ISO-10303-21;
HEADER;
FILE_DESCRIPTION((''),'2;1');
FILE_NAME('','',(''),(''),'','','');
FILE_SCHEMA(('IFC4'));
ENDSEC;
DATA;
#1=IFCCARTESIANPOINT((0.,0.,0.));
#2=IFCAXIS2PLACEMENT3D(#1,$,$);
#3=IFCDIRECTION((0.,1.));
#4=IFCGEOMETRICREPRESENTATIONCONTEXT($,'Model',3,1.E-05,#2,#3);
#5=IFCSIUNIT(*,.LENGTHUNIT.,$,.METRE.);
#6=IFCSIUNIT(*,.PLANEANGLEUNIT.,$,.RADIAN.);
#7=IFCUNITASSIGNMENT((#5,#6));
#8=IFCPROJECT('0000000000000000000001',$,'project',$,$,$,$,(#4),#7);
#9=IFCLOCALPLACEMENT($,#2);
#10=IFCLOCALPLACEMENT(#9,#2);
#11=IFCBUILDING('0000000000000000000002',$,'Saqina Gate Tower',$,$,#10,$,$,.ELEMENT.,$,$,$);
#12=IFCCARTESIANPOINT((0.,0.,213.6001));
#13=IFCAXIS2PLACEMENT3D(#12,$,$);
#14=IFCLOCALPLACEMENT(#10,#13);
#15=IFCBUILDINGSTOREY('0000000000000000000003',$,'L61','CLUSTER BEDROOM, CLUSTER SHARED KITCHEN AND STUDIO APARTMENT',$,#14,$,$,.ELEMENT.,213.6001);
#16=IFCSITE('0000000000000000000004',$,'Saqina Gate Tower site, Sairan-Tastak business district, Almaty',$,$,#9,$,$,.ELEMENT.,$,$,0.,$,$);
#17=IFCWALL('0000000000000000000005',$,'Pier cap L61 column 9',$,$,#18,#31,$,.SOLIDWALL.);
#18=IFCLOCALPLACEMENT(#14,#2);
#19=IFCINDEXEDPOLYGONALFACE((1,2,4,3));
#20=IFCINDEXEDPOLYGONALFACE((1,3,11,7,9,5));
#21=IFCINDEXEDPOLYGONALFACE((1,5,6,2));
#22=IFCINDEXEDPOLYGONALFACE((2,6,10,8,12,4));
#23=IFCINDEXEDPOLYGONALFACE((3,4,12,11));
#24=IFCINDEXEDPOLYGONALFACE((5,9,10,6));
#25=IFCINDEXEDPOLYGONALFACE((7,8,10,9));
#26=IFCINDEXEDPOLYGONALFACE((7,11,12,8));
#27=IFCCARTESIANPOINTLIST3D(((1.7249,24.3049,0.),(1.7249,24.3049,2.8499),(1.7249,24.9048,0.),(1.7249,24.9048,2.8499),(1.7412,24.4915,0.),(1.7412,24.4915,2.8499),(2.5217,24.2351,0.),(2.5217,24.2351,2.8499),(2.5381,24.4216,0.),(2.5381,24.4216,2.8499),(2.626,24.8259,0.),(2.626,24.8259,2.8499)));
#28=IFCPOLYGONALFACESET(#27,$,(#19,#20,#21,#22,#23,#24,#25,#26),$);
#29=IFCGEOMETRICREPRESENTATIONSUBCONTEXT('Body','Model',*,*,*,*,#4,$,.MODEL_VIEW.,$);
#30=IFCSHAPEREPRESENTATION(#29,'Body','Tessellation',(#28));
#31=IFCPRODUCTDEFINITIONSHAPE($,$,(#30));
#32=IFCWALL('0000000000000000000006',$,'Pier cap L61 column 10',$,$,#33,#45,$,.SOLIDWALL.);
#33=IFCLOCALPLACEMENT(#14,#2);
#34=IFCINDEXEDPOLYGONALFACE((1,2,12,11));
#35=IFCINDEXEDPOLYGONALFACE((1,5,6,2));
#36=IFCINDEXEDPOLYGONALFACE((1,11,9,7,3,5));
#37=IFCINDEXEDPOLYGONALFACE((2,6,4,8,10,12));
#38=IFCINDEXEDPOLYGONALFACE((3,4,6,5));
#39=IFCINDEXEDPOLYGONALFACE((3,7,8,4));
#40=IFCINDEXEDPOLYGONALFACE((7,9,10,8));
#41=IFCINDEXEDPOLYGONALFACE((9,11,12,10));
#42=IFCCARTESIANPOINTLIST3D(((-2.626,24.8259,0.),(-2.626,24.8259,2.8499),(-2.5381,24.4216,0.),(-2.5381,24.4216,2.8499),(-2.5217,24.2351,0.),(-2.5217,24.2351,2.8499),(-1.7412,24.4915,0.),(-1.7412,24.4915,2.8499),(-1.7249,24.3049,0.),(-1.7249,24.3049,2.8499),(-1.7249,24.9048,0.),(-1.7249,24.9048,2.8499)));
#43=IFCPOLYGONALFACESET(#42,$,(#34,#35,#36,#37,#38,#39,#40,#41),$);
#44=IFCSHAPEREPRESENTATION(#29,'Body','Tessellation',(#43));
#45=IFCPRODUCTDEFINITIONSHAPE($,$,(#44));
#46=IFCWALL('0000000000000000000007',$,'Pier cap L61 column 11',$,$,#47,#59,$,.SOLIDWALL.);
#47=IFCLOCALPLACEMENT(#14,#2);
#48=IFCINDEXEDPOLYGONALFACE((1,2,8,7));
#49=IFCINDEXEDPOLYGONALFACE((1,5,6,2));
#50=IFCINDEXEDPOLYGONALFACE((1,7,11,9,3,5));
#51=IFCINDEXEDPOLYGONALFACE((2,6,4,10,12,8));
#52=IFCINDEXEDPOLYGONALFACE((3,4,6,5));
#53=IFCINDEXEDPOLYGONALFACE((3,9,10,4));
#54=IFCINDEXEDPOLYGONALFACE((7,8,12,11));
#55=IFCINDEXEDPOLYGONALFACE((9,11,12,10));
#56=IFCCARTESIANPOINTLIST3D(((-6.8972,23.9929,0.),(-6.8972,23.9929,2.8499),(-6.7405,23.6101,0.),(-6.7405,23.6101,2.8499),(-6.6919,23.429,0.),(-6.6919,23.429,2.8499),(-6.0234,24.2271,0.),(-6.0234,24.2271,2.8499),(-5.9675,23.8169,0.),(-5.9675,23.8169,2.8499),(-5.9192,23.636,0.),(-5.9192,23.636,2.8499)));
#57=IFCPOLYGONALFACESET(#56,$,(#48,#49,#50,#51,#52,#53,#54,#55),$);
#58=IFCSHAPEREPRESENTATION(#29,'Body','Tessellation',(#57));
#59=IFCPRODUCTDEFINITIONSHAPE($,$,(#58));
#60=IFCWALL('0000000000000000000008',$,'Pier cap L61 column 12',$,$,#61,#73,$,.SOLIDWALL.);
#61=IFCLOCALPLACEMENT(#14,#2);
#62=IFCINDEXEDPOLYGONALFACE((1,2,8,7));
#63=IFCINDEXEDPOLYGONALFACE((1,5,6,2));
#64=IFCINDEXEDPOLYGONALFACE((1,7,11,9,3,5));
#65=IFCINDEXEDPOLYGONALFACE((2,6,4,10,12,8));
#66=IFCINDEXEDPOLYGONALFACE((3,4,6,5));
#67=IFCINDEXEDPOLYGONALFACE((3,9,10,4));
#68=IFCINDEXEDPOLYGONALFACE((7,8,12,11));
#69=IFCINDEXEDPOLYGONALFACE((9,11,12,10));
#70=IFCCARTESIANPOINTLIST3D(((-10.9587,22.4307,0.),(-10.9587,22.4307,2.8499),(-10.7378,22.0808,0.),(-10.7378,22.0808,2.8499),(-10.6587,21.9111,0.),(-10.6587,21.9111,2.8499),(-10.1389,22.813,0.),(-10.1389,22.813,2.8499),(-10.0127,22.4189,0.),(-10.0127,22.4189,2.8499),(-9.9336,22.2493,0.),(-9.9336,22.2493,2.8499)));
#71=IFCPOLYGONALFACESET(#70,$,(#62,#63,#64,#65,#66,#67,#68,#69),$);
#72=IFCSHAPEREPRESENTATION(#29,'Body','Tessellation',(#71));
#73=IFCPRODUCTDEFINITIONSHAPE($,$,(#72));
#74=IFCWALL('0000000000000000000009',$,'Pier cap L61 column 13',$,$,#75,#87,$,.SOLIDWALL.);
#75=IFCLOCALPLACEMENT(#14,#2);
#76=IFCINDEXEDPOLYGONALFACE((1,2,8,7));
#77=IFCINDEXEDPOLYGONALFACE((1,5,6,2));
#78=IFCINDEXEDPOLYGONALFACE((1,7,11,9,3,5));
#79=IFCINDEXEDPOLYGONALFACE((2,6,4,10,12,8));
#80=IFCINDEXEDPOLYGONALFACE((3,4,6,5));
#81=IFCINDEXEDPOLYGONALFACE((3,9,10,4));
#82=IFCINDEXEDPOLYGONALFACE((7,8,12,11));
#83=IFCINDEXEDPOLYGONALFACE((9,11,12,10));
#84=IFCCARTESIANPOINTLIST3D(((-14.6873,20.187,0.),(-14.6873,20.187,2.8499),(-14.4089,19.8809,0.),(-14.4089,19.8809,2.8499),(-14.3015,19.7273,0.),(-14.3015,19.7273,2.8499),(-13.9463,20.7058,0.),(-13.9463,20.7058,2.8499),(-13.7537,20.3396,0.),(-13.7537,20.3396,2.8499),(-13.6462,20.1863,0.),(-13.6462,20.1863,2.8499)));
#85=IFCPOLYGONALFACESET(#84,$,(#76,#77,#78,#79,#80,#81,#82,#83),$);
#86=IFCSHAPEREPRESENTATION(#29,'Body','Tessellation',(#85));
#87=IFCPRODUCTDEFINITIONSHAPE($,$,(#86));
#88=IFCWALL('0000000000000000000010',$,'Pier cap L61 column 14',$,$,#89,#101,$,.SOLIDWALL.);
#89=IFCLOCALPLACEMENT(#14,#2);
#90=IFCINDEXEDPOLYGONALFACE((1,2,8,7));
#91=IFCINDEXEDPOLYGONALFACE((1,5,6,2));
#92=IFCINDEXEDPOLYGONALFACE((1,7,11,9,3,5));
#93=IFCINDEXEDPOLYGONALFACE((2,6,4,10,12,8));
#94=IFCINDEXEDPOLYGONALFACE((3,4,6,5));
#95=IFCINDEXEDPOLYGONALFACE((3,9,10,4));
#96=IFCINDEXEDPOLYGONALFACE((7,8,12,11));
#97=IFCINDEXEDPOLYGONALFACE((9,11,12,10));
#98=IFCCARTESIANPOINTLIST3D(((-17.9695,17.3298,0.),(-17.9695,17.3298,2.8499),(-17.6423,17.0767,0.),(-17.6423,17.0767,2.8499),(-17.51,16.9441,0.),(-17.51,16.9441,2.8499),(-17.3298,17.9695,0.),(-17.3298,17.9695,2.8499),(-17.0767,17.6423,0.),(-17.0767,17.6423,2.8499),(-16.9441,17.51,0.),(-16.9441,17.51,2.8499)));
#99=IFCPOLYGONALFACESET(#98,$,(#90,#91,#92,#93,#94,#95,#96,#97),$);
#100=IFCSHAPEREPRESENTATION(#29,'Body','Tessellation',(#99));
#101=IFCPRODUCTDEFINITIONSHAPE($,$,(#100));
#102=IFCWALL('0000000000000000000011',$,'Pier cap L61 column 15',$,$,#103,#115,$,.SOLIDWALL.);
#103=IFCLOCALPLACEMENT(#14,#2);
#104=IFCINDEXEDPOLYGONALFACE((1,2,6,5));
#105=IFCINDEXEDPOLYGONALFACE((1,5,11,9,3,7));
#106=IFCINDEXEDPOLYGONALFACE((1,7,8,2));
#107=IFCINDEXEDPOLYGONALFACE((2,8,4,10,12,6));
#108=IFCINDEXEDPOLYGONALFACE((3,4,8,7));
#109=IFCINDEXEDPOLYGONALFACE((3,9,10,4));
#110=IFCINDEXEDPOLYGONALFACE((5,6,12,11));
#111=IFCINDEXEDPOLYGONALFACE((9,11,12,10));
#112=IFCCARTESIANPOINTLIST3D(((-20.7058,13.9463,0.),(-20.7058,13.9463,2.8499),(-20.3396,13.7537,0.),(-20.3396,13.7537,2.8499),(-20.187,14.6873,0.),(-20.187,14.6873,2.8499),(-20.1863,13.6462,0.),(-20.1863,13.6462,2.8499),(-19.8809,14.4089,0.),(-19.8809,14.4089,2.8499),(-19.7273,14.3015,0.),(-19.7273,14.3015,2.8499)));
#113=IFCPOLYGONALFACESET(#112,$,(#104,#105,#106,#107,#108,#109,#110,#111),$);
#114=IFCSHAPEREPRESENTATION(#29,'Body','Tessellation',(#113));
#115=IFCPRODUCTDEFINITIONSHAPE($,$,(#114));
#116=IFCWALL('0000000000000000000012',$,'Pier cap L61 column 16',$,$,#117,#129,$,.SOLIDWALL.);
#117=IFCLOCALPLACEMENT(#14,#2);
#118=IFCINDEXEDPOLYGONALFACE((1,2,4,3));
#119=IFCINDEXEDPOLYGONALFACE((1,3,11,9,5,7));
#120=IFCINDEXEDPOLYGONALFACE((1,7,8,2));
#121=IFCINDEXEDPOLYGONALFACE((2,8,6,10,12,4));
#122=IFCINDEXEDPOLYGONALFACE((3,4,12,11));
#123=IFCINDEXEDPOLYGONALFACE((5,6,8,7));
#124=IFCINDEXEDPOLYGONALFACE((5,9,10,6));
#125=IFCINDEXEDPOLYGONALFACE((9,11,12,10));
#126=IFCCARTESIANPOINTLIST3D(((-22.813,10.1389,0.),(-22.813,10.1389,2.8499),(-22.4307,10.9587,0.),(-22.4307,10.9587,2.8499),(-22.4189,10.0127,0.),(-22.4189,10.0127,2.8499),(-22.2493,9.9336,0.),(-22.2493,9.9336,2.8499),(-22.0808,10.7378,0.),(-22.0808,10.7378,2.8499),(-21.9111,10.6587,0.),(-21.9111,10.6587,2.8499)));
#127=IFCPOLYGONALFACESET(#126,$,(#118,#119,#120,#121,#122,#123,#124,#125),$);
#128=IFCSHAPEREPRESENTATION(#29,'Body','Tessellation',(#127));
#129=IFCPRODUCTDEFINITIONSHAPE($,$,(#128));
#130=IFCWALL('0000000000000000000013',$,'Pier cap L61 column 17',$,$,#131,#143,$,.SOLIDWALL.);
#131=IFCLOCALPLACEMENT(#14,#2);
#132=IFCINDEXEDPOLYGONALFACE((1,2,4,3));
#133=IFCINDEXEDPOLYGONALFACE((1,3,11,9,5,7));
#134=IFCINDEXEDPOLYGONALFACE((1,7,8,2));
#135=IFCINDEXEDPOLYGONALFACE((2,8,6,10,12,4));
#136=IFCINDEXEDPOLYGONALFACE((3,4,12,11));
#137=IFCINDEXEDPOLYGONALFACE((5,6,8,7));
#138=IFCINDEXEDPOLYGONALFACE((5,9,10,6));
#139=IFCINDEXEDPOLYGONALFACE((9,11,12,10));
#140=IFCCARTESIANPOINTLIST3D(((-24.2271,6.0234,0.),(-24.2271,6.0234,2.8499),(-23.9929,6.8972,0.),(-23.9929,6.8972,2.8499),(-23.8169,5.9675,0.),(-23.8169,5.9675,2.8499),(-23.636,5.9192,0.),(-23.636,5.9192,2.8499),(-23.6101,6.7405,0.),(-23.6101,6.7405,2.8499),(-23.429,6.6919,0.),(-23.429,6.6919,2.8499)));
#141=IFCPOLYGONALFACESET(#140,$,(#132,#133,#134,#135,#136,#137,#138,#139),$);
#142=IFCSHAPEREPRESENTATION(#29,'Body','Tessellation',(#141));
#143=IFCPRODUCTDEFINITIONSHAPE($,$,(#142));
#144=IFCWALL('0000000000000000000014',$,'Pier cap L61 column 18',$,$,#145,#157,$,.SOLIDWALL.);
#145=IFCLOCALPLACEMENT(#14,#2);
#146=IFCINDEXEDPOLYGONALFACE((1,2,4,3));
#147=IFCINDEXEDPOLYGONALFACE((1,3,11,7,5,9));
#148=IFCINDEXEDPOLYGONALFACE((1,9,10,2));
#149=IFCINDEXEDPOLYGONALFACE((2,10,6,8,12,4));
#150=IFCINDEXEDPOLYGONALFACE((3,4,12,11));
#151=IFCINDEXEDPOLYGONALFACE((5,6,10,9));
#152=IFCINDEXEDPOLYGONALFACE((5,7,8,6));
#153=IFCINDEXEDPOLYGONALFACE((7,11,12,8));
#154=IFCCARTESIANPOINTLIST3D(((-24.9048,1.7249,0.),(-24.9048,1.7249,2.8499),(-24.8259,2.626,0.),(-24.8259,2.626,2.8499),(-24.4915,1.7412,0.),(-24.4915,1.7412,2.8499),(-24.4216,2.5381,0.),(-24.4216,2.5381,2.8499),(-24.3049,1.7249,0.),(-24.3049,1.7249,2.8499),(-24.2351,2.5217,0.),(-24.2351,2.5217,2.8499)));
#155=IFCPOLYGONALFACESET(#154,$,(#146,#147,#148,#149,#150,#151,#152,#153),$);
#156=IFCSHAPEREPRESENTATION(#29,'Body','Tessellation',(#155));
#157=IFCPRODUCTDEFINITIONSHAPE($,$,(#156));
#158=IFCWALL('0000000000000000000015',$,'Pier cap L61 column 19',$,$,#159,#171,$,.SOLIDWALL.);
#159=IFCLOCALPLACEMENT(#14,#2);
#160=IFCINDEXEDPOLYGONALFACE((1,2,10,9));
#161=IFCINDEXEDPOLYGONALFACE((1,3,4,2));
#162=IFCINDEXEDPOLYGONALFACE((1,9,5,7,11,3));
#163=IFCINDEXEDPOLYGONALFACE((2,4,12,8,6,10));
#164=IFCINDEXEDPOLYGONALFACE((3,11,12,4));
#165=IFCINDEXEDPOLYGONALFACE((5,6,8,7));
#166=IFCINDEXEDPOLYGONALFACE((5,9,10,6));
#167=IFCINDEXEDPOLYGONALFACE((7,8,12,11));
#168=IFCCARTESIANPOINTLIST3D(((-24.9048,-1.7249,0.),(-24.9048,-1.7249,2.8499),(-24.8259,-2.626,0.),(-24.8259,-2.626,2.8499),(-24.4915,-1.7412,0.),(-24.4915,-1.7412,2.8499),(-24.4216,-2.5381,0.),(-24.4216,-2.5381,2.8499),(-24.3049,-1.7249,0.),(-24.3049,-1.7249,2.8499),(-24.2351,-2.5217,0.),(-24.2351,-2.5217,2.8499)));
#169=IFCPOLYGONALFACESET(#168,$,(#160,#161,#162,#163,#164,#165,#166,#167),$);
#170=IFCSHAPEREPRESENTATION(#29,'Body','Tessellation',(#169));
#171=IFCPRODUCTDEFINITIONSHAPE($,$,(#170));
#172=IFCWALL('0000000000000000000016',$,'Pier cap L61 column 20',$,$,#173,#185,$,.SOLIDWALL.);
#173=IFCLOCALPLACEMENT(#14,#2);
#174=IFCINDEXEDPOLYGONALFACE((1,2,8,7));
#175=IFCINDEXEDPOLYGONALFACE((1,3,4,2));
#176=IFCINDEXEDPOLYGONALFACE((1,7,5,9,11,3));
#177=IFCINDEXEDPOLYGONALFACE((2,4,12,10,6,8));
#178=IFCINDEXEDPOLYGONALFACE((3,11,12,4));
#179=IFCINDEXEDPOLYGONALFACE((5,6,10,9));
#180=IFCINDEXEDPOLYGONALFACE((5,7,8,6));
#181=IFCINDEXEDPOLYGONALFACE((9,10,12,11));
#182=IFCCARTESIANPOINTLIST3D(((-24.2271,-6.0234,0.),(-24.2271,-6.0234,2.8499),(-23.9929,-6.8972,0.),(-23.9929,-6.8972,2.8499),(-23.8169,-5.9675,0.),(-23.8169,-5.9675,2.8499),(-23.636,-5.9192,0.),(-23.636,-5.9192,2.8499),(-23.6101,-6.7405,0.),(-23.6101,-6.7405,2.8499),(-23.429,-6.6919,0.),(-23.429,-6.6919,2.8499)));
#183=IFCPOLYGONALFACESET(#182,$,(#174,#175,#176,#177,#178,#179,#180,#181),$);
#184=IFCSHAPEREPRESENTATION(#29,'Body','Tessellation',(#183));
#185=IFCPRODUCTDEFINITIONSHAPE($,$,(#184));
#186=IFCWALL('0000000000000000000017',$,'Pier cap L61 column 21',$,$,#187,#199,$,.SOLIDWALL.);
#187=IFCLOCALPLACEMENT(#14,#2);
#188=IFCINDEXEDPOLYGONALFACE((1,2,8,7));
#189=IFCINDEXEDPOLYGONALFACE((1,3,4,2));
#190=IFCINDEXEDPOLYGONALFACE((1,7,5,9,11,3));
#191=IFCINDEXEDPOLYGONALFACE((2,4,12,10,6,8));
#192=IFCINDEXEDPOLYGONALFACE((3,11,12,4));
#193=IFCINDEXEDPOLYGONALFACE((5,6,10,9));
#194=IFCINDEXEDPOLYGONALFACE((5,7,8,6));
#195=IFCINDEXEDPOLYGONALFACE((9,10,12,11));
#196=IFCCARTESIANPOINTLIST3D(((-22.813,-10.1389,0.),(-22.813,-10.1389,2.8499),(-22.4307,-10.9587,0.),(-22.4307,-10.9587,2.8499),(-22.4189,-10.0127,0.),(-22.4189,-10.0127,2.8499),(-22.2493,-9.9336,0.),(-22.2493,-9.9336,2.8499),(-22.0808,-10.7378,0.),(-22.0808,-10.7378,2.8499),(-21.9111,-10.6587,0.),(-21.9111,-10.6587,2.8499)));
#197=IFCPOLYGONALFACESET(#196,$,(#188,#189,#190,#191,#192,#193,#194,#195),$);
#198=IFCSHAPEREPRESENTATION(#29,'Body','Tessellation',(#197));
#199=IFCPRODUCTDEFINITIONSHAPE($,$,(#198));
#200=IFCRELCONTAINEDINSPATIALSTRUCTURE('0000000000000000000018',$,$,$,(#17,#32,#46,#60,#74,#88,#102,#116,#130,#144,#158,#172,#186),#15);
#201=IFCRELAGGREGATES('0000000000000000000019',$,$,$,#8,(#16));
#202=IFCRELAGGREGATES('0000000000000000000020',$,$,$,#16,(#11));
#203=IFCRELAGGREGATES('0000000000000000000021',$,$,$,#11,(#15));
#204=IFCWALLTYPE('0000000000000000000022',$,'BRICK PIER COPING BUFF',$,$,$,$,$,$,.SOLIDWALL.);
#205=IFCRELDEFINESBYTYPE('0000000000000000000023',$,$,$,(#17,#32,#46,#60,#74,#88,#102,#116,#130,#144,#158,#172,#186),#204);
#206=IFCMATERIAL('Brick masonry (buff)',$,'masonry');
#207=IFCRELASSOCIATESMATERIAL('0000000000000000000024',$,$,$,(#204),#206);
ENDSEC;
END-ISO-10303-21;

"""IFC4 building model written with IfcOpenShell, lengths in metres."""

from ifc_helpers import new_model, si_unit, direction, frame, origin, place, context, subcontext, project, spatial, polyline, outline, extrude, material, type_object, element, save


model = new_model("IFC4")

# Units and contexts
model_context = context("Model", 3, precision=1e-05, world=origin(), true_north=direction((0.0, 1.0)))
body_context = subcontext(model_context, "Body", "Model", "MODEL_VIEW")
ifc_project = project(units=[si_unit("LENGTHUNIT", "METRE"), si_unit("PLANEANGLEUNIT", "RADIAN")], contexts=[model_context])

# Site, building, storey
site_placement = place(None, origin())
site = spatial("IfcSite", under=ifc_project, at=site_placement, Name="Saqina Gate Tower site, Sairan-Tastak business district, Almaty", CompositionType="ELEMENT", RefElevation=0.0)
building_placement = place(site_placement, origin())
building = spatial("IfcBuilding", under=site, at=building_placement, Name="Saqina Gate Tower", CompositionType="ELEMENT")
storey_placement = place(building_placement, frame((0.0, 0.0, 213.6001)))
storey = spatial("IfcBuildingStorey", under=building, at=storey_placement, Name="L61", Description="CLUSTER BEDROOM, CLUSTER SHARED KITCHEN AND STUDIO APARTMENT", CompositionType="ELEMENT", Elevation=213.6001)

# Walls
ifc_material_1 = material(Name="Brick masonry (buff)", Category="masonry")
wall_type_1 = type_object("IfcWallType", Name="BRICK PIER COPING BUFF", PredefinedType="SOLIDWALL", material=ifc_material_1)
wall_1_placement = place(storey_placement, origin())
element("IfcWall", 1, at=wall_1_placement, inside=storey, type_object=wall_type_1, Name="Pier cap L61 column 9", PredefinedType="SOLIDWALL", context=body_context, shape_type="SweptSolid", body=[
    extrude(outline(polyline([(2.626, 24.8259), (1.7249, 24.9048), (1.7249, 24.3049), (1.7412, 24.4915), (2.5381, 24.4216), (2.5217, 24.2351), (2.626, 24.8259)])), origin(), (0.0, 0.0, 1.0), 2.8499),
])
wall_2_placement = place(storey_placement, origin())
element("IfcWall", 2, at=wall_2_placement, inside=storey, type_object=wall_type_1, Name="Pier cap L61 column 10", PredefinedType="SOLIDWALL", context=body_context, shape_type="SweptSolid", body=[
    extrude(outline(polyline([(-1.7249, 24.9048), (-2.626, 24.8259), (-2.5217, 24.2351), (-2.5381, 24.4216), (-1.7412, 24.4915), (-1.7249, 24.3049), (-1.7249, 24.9048)])), origin(), (0.0, 0.0, 1.0), 2.8499),
])
wall_3_placement = place(storey_placement, origin())
element("IfcWall", 3, at=wall_3_placement, inside=storey, type_object=wall_type_1, Name="Pier cap L61 column 11", PredefinedType="SOLIDWALL", context=body_context, shape_type="SweptSolid", body=[
    extrude(outline(polyline([(-6.0234, 24.2271), (-6.8972, 23.9929), (-6.6919, 23.429), (-6.7405, 23.6101), (-5.9675, 23.8169), (-5.9192, 23.636), (-6.0234, 24.2271)])), origin(), (0.0, 0.0, 1.0), 2.8499),
])
wall_4_placement = place(storey_placement, origin())
element("IfcWall", 4, at=wall_4_placement, inside=storey, type_object=wall_type_1, Name="Pier cap L61 column 12", PredefinedType="SOLIDWALL", context=body_context, shape_type="SweptSolid", body=[
    extrude(outline(polyline([(-10.9587, 22.4307), (-10.6587, 21.9111), (-10.7378, 22.0808), (-10.0127, 22.4189), (-9.9336, 22.2493), (-10.1389, 22.813), (-10.9587, 22.4307)])), origin(), (0.0, 0.0, 1.0), 2.8499),
])
wall_5_placement = place(storey_placement, origin())
element("IfcWall", 5, at=wall_5_placement, inside=storey, type_object=wall_type_1, Name="Pier cap L61 column 13", PredefinedType="SOLIDWALL", context=body_context, shape_type="SweptSolid", body=[
    extrude(outline(polyline([(-13.9463, 20.7058), (-14.6873, 20.187), (-14.3015, 19.7273), (-14.4089, 19.8809), (-13.7537, 20.3396), (-13.6462, 20.1863), (-13.9463, 20.7058)])), origin(), (0.0, 0.0, 1.0), 2.8499),
])
wall_6_placement = place(storey_placement, origin())
element("IfcWall", 6, at=wall_6_placement, inside=storey, type_object=wall_type_1, Name="Pier cap L61 column 14", PredefinedType="SOLIDWALL", context=body_context, shape_type="SweptSolid", body=[
    extrude(outline(polyline([(-17.9695, 17.3298), (-17.51, 16.9441), (-17.6423, 17.0767), (-17.0767, 17.6423), (-16.9441, 17.51), (-17.3298, 17.9695), (-17.9695, 17.3298)])), origin(), (0.0, 0.0, 1.0), 2.8499),
])
wall_7_placement = place(storey_placement, origin())
element("IfcWall", 7, at=wall_7_placement, inside=storey, type_object=wall_type_1, Name="Pier cap L61 column 15", PredefinedType="SOLIDWALL", context=body_context, shape_type="SweptSolid", body=[
    extrude(outline(polyline([(-20.187, 14.6873), (-20.7058, 13.9463), (-20.1863, 13.6462), (-20.3396, 13.7537), (-19.8809, 14.4089), (-19.7273, 14.3015), (-20.187, 14.6873)])), origin(), (0.0, 0.0, 1.0), 2.8499),
])
wall_8_placement = place(storey_placement, origin())
element("IfcWall", 8, at=wall_8_placement, inside=storey, type_object=wall_type_1, Name="Pier cap L61 column 16", PredefinedType="SOLIDWALL", context=body_context, shape_type="SweptSolid", body=[
    extrude(outline(polyline([(-22.813, 10.1389), (-22.2493, 9.9336), (-22.4189, 10.0127), (-22.0808, 10.7378), (-21.9111, 10.6587), (-22.4307, 10.9587), (-22.813, 10.1389)])), origin(), (0.0, 0.0, 1.0), 2.8499),
])
wall_9_placement = place(storey_placement, origin())
element("IfcWall", 9, at=wall_9_placement, inside=storey, type_object=wall_type_1, Name="Pier cap L61 column 17", PredefinedType="SOLIDWALL", context=body_context, shape_type="SweptSolid", body=[
    extrude(outline(polyline([(-24.2271, 6.0234), (-23.636, 5.9192), (-23.8169, 5.9675), (-23.6101, 6.7405), (-23.429, 6.6919), (-23.9929, 6.8972), (-24.2271, 6.0234)])), origin(), (0.0, 0.0, 1.0), 2.8499),
])
wall_10_placement = place(storey_placement, origin())
element("IfcWall", 10, at=wall_10_placement, inside=storey, type_object=wall_type_1, Name="Pier cap L61 column 18", PredefinedType="SOLIDWALL", context=body_context, shape_type="SweptSolid", body=[
    extrude(outline(polyline([(-24.8259, 2.626), (-24.9048, 1.7249), (-24.3049, 1.7249), (-24.4915, 1.7412), (-24.4216, 2.5381), (-24.2351, 2.5217), (-24.8259, 2.626)])), origin(), (0.0, 0.0, 1.0), 2.8499),
])
wall_11_placement = place(storey_placement, origin())
element("IfcWall", 11, at=wall_11_placement, inside=storey, type_object=wall_type_1, Name="Pier cap L61 column 19", PredefinedType="SOLIDWALL", context=body_context, shape_type="SweptSolid", body=[
    extrude(outline(polyline([(-24.9048, -1.7249), (-24.8259, -2.626), (-24.2351, -2.5217), (-24.4216, -2.5381), (-24.4915, -1.7412), (-24.3049, -1.7249), (-24.9048, -1.7249)])), origin(), (0.0, 0.0, 1.0), 2.8499),
])
wall_12_placement = place(storey_placement, origin())
element("IfcWall", 12, at=wall_12_placement, inside=storey, type_object=wall_type_1, Name="Pier cap L61 column 20", PredefinedType="SOLIDWALL", context=body_context, shape_type="SweptSolid", body=[
    extrude(outline(polyline([(-24.2271, -6.0234), (-23.9929, -6.8972), (-23.429, -6.6919), (-23.6101, -6.7405), (-23.8169, -5.9675), (-23.636, -5.9192), (-24.2271, -6.0234)])), origin(), (0.0, 0.0, 1.0), 2.8499),
])
wall_13_placement = place(storey_placement, origin())
element("IfcWall", 13, at=wall_13_placement, inside=storey, type_object=wall_type_1, Name="Pier cap L61 column 21", PredefinedType="SOLIDWALL", context=body_context, shape_type="SweptSolid", body=[
    extrude(outline(polyline([(-22.4307, -10.9587), (-21.9111, -10.6587), (-22.0808, -10.7378), (-22.4189, -10.0127), (-22.2493, -9.9336), (-22.813, -10.1389), (-22.4307, -10.9587)])), origin(), (0.0, 0.0, 1.0), 2.8499),
])

save(model, "model.ifc")
